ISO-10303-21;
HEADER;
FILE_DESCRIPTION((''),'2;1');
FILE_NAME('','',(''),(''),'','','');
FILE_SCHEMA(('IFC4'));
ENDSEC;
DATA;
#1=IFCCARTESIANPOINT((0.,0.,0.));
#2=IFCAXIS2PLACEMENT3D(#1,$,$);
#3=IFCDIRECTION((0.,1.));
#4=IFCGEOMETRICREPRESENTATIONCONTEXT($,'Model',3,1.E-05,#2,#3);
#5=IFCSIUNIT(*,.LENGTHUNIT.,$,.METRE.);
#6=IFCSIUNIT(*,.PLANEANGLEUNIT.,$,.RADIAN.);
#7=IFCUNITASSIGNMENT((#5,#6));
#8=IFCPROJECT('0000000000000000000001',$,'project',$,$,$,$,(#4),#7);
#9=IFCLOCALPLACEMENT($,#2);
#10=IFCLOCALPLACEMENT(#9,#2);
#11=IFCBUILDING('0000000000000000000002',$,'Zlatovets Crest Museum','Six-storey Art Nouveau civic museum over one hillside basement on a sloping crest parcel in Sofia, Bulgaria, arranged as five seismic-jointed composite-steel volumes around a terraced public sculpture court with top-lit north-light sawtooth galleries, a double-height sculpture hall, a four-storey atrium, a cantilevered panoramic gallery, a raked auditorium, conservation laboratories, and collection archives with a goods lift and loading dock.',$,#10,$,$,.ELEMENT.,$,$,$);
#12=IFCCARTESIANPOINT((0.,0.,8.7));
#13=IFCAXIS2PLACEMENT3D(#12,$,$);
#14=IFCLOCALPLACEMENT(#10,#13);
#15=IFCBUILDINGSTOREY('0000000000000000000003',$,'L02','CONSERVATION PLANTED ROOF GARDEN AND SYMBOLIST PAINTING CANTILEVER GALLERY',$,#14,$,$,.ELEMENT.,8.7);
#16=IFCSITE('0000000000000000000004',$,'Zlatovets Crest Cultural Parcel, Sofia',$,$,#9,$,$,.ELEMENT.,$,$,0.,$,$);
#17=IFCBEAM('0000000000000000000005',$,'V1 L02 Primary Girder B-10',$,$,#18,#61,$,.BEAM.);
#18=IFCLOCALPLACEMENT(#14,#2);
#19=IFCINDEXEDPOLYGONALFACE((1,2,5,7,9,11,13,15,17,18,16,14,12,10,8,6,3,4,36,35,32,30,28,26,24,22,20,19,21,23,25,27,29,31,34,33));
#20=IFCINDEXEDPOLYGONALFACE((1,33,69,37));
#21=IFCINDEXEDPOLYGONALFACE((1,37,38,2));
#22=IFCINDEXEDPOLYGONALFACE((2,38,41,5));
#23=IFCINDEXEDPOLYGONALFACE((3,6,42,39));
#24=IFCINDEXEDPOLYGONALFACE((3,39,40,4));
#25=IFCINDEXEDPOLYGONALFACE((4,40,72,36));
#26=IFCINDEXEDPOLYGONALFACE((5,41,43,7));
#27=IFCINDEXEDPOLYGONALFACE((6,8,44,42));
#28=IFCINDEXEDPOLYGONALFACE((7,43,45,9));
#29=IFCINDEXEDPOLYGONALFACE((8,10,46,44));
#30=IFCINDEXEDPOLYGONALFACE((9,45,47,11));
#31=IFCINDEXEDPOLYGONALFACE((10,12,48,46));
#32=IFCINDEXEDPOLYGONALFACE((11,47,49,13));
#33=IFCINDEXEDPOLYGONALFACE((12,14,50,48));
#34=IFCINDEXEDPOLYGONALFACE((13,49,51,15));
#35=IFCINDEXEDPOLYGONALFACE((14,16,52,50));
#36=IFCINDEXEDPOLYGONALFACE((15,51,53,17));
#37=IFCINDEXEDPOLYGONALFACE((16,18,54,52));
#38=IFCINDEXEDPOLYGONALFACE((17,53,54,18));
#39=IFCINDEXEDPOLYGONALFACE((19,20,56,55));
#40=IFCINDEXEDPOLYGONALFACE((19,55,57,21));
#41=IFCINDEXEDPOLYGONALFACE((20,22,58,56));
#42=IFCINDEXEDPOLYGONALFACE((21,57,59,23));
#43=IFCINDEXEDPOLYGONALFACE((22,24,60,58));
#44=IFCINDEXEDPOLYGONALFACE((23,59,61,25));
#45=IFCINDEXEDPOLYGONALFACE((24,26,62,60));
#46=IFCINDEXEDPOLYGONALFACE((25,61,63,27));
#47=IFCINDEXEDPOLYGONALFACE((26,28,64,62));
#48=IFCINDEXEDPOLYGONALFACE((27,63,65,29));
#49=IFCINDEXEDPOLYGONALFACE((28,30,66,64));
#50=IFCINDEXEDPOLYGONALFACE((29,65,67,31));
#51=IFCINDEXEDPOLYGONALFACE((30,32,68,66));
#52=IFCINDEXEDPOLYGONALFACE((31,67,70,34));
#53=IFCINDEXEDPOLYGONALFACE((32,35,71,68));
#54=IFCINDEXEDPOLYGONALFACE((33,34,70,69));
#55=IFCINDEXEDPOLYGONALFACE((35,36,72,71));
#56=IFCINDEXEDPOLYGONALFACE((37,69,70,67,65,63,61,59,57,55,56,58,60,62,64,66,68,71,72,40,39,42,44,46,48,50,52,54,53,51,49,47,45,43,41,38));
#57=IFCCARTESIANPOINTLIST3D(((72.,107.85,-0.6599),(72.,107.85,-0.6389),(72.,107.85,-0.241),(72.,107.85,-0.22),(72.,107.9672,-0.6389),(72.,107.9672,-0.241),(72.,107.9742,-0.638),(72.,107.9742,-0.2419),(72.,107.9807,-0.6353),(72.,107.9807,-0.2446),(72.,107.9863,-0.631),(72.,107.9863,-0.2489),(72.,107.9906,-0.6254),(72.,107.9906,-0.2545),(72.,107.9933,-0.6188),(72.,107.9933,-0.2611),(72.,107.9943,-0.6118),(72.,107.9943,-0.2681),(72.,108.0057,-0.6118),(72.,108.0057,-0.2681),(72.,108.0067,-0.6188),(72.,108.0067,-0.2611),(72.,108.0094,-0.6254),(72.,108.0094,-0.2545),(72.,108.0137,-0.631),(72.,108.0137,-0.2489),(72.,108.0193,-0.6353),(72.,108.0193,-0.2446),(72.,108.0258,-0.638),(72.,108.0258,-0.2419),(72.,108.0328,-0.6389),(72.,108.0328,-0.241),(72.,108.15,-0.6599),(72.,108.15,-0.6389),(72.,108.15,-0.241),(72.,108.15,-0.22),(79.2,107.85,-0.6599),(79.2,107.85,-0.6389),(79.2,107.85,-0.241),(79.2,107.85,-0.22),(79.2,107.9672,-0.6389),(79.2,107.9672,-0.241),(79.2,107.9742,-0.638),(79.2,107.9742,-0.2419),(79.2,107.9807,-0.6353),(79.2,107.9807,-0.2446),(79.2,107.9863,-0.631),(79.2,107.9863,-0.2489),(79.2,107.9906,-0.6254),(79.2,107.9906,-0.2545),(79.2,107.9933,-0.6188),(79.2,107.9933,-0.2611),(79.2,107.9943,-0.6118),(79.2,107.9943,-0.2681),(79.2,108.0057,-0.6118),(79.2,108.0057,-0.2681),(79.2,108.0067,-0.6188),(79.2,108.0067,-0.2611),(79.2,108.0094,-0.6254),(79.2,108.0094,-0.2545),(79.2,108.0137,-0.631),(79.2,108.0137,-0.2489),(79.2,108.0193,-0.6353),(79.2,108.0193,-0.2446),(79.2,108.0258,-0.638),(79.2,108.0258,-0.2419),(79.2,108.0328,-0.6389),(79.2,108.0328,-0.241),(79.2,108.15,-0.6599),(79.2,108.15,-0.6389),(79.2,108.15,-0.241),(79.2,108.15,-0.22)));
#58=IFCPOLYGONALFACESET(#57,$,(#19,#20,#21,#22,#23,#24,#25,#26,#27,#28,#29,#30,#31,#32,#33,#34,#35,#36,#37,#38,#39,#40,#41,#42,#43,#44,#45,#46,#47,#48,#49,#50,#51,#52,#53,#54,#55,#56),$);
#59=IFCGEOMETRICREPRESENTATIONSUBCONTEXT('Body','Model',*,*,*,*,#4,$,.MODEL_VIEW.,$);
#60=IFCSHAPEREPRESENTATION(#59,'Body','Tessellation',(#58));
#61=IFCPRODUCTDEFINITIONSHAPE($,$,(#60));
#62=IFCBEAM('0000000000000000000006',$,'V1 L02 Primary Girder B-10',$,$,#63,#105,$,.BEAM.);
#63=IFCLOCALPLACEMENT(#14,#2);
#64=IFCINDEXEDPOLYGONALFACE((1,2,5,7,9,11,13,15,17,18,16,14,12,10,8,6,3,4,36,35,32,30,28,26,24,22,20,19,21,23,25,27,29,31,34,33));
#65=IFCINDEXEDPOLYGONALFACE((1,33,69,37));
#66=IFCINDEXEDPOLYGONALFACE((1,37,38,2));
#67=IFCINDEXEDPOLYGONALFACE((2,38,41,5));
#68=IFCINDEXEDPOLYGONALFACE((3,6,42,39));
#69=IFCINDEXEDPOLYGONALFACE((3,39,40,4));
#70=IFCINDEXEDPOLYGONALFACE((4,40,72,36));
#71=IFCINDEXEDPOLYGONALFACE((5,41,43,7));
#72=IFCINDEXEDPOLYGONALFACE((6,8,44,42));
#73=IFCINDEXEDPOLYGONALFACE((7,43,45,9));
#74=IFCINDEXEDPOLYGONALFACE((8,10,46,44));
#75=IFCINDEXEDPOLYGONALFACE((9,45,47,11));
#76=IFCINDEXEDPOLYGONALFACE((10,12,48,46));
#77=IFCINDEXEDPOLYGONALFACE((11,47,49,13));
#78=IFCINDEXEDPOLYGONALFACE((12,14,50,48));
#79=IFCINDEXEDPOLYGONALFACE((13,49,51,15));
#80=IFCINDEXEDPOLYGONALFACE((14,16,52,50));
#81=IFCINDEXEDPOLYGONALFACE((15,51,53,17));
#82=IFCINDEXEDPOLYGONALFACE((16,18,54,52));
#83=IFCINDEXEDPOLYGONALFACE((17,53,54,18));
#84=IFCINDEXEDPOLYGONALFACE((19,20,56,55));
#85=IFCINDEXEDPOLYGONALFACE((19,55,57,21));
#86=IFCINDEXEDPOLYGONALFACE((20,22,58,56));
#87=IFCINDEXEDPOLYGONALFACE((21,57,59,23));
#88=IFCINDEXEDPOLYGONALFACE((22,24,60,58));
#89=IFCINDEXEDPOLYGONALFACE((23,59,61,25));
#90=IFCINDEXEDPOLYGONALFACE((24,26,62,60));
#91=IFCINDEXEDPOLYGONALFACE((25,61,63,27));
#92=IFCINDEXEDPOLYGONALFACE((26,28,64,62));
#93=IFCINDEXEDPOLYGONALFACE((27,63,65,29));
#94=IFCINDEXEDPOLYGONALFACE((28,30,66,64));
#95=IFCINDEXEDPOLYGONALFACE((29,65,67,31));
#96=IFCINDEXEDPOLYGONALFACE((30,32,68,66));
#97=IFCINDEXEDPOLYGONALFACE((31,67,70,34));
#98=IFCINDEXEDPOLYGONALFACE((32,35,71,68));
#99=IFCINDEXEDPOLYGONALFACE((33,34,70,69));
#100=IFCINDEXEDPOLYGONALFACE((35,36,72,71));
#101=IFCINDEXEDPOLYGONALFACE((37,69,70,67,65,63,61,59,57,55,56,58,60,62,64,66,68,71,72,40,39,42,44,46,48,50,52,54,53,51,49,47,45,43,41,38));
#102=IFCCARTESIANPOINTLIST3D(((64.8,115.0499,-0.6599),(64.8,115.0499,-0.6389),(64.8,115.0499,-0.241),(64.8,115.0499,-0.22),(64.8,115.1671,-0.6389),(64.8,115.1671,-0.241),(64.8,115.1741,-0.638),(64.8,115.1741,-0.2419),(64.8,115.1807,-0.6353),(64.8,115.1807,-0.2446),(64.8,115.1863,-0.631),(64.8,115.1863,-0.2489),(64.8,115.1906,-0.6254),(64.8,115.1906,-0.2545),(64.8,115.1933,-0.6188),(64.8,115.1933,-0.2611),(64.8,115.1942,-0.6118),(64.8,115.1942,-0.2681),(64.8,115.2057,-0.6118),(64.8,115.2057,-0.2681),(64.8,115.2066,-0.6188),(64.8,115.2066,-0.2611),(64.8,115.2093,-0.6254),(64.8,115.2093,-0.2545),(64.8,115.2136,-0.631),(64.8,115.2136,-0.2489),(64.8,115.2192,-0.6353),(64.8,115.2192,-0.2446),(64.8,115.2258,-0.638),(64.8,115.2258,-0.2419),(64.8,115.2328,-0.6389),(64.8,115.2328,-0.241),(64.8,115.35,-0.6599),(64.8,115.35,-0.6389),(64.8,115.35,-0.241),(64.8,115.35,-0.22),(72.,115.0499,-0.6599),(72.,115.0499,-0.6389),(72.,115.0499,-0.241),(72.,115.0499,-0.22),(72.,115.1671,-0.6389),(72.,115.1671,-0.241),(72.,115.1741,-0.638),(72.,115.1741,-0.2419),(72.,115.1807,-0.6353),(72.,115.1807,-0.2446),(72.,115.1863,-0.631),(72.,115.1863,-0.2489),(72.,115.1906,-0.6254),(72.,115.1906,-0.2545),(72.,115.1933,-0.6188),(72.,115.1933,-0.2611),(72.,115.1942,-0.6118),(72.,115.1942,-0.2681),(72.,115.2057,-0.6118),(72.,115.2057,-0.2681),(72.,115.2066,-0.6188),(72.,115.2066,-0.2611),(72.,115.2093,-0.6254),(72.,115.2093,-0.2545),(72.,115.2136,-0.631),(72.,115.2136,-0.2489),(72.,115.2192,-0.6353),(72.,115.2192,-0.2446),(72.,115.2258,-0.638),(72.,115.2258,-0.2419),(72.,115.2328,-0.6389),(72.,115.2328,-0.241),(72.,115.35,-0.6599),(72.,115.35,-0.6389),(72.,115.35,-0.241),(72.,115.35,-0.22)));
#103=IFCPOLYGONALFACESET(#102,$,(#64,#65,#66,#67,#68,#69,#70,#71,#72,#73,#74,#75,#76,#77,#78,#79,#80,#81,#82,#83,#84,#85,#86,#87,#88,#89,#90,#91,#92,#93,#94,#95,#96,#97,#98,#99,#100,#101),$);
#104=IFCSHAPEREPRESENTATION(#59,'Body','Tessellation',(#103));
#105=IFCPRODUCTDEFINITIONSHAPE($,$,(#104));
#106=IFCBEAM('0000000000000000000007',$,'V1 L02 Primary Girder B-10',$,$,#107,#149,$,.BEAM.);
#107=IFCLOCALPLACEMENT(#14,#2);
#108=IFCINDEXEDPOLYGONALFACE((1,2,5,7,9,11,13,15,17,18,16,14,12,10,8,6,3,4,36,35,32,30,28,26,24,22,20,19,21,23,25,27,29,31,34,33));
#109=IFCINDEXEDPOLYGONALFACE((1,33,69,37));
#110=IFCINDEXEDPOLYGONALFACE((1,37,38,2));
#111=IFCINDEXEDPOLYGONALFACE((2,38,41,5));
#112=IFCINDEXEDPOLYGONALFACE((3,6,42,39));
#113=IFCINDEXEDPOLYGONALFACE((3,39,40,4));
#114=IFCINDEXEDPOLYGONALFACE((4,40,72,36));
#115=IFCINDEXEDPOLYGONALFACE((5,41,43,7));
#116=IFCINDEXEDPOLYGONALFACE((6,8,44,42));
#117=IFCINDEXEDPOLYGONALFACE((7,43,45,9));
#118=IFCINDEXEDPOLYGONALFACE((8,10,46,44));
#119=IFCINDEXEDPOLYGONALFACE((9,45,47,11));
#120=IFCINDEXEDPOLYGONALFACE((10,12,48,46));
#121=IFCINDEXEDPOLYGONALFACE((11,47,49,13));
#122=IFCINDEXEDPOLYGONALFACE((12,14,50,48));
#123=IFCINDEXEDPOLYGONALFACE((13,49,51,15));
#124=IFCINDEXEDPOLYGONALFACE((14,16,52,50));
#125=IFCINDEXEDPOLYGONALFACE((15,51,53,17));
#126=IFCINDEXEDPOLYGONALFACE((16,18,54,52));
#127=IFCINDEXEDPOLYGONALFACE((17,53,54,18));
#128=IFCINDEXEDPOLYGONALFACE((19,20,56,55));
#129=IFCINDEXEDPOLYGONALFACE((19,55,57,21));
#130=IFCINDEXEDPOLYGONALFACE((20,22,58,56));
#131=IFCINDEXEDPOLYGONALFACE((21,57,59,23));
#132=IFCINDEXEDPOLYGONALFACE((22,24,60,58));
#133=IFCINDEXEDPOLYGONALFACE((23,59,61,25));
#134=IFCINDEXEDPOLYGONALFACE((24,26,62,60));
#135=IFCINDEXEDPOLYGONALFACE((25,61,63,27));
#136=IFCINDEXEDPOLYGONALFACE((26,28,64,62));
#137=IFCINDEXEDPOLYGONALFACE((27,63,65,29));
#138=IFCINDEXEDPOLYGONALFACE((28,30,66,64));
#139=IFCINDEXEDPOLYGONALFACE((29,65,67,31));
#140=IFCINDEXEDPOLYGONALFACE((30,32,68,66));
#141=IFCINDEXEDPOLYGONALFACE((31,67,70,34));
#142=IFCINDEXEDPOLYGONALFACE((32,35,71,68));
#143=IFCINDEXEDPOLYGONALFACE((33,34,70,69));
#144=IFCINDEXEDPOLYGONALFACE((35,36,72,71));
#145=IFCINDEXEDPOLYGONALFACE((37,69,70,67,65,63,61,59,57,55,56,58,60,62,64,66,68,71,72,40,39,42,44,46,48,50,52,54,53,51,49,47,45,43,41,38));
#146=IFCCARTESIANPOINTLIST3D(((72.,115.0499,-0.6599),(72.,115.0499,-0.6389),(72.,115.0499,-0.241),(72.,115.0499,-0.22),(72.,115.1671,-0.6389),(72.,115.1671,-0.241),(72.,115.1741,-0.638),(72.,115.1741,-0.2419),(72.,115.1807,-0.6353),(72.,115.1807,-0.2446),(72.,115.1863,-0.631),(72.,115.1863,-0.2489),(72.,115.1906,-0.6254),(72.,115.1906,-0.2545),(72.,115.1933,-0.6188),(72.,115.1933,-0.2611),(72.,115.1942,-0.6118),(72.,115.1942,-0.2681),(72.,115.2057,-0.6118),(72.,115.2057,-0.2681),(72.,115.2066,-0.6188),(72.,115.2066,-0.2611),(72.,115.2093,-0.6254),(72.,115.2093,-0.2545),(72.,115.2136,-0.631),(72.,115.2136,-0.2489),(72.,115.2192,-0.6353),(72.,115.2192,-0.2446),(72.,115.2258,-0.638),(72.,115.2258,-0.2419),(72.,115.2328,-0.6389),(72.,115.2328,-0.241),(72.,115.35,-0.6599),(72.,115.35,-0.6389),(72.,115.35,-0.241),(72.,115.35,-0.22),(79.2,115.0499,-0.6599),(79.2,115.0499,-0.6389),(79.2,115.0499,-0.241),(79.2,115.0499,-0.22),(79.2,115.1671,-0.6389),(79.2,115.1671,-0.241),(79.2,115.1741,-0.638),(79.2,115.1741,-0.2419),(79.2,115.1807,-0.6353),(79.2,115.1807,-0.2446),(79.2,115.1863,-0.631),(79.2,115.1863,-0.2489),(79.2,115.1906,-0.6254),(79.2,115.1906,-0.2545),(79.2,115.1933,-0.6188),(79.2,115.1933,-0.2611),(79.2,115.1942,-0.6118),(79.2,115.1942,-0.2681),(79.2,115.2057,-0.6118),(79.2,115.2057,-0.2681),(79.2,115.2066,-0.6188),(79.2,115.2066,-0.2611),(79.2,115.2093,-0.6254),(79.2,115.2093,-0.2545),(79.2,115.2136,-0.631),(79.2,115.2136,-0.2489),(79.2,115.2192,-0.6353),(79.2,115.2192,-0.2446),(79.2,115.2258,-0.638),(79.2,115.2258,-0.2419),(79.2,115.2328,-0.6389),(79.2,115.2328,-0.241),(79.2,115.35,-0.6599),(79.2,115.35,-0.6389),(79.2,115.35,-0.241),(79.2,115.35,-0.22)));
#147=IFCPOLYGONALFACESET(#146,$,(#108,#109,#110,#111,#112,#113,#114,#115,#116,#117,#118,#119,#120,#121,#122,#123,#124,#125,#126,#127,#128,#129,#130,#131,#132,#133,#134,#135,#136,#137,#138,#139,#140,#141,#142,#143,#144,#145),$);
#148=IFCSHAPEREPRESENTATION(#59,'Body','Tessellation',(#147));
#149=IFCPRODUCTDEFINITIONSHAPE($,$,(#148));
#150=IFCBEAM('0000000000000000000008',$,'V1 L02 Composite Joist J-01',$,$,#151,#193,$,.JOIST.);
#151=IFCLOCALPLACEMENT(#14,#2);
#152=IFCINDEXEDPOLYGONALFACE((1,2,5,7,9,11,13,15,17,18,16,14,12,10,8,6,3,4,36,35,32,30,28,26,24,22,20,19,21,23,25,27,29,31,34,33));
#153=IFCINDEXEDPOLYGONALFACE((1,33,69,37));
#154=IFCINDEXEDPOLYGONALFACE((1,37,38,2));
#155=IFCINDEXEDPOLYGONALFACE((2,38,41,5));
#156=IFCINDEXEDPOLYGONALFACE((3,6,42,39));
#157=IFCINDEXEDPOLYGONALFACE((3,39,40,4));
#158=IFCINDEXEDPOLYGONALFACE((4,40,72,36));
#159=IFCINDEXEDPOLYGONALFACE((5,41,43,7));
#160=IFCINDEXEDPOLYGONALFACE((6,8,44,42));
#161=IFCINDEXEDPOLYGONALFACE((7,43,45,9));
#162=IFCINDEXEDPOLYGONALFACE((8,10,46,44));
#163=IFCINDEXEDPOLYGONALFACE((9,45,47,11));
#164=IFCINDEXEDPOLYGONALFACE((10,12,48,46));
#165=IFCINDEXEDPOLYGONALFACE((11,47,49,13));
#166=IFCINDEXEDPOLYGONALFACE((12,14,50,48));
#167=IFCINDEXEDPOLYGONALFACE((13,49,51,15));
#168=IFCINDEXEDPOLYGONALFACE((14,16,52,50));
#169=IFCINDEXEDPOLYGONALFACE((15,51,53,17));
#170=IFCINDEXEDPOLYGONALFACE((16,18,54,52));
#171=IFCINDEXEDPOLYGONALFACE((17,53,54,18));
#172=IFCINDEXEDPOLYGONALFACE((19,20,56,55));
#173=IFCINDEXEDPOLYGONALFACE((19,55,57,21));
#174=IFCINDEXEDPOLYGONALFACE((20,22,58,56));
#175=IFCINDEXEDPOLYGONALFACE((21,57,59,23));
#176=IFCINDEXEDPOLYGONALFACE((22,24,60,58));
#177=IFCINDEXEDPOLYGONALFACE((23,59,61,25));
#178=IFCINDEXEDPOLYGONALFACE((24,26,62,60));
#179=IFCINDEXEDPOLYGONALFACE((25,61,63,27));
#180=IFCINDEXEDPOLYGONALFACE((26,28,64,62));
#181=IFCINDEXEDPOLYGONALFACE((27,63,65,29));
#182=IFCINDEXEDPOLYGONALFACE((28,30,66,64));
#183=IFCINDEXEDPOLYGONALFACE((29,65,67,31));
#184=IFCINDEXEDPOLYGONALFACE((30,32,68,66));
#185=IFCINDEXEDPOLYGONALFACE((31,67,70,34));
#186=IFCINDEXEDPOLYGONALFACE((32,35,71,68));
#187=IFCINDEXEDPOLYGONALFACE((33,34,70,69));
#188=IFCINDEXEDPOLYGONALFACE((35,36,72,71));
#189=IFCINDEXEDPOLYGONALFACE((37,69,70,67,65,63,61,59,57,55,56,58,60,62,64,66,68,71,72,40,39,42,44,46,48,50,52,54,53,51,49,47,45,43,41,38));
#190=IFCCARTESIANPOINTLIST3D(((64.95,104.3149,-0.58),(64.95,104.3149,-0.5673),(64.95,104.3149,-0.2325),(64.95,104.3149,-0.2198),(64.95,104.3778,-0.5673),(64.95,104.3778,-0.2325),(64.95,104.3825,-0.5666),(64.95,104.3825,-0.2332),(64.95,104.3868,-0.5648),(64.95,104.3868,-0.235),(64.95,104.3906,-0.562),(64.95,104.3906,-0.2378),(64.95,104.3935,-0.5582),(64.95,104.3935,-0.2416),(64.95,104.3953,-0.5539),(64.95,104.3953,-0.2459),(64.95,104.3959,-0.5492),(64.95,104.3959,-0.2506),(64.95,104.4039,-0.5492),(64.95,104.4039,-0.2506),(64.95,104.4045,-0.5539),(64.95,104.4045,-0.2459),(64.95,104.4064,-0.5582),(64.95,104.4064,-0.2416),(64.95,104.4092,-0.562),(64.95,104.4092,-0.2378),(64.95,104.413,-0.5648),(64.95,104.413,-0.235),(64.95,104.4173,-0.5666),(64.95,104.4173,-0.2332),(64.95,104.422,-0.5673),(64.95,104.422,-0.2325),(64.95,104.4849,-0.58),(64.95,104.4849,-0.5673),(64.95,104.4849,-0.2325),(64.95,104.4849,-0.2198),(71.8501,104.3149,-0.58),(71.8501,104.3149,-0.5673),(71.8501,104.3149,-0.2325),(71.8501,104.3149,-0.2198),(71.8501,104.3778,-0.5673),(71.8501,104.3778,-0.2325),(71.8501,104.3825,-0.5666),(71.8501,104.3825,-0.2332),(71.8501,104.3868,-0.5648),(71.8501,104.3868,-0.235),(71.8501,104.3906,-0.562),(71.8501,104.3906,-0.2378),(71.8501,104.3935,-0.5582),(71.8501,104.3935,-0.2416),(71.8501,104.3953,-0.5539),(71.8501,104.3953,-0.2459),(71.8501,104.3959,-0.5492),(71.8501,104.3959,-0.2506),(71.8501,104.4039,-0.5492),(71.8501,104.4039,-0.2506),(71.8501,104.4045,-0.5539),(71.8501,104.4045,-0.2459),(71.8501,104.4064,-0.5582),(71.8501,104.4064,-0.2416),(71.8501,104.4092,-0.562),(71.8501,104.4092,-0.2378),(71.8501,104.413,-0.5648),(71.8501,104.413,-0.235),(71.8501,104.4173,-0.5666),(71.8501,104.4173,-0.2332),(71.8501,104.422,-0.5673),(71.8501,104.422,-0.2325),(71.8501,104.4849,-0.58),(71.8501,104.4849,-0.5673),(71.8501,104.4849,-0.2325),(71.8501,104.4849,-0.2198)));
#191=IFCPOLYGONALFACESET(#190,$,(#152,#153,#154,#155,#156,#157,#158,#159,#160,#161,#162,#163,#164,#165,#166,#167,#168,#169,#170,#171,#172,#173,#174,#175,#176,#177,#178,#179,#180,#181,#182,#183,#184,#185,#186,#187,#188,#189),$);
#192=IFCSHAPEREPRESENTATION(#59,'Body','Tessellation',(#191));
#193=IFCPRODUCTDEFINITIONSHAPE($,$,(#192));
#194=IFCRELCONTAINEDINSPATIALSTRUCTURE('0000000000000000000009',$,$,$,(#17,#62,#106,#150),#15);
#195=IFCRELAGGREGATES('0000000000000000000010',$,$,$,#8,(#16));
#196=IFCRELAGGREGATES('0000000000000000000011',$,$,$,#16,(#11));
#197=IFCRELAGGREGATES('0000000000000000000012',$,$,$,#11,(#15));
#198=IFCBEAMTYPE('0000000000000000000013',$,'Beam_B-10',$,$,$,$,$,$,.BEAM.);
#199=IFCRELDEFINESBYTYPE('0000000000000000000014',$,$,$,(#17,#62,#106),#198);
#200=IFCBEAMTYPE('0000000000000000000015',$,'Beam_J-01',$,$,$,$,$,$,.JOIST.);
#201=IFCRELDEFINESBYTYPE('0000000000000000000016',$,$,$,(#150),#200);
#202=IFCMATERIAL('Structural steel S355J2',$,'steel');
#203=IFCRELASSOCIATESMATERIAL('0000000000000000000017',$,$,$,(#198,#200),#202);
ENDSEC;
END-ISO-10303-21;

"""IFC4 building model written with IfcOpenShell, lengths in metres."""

from ifc_helpers import new_model, si_unit, direction, frame, origin, origin_2d, place, context, subcontext, project, spatial, i_section, extrude, material, material_profile, profile_set, type_object, element, save


model = new_model("IFC4")

# Units and contexts
model_context = context("Model", 3, precision=1e-05, world=origin(), true_north=direction((0.0, 1.0)))
body_context = subcontext(model_context, "Body", "Model", "MODEL_VIEW")
ifc_project = project(units=[si_unit("LENGTHUNIT", "METRE"), si_unit("PLANEANGLEUNIT", "RADIAN")], contexts=[model_context])

# Site, building, storey
site_placement = place(None, origin())
site = spatial("IfcSite", under=ifc_project, at=site_placement, Name="Zlatovets Crest Cultural Parcel, Sofia", CompositionType="ELEMENT", RefElevation=0.0)
building_placement = place(site_placement, origin())
building = spatial("IfcBuilding", under=site, at=building_placement, Name="Zlatovets Crest Museum", Description="Six-storey Art Nouveau civic museum over one hillside basement on a sloping crest parcel in Sofia, Bulgaria, arranged as five seismic-jointed composite-steel volumes around a terraced public sculpture court with top-lit north-light sawtooth galleries, a double-height sculpture hall, a four-storey atrium, a cantilevered panoramic gallery, a raked auditorium, conservation laboratories, and collection archives with a goods lift and loading dock.", CompositionType="ELEMENT")
storey_placement = place(building_placement, frame((0.0, 0.0, 8.7)))
storey = spatial("IfcBuildingStorey", under=building, at=storey_placement, Name="L02", Description="CONSERVATION PLANTED ROOF GARDEN AND SYMBOLIST PAINTING CANTILEVER GALLERY", CompositionType="ELEMENT", Elevation=8.7)

# Shared definitions
ifc_material_1 = material(Name="Structural steel S355J2", Category="steel")

# Beams
ifc_material_profile_1 = material_profile(ifc_material_1, i_section(OverallWidth=0.3, OverallDepth=0.4399, WebThickness=0.0115, FlangeThickness=0.021, FilletRadius=0.0271, at=origin_2d()), Name="HEA 450")
ifc_profile_set_1 = profile_set([ifc_material_profile_1], Name="Structural steel S355J2")
beam_type_1 = type_object("IfcBeamType", Name="Beam_B-10", PredefinedType="BEAM", material=ifc_profile_set_1)
for number, where, z_axis, x_axis, name in (
    (1, (72.0, 108.0, -0.4399), (1.0, 0.0, 0.0), (0.0, 1.0, 0.0), "V1 L02 Primary Girder B-10"),
    (2, (64.8, 115.2, -0.4399), (1.0, 0.0, 0.0), (0.0, 1.0, 0.0), "V1 L02 Primary Girder B-10"),
    (3, (72.0, 115.2, -0.4399), (1.0, 0.0, 0.0), (0.0, 1.0, 0.0), "V1 L02 Primary Girder B-10"),
):
    element("IfcBeam", number, at=place(storey_placement, frame(where, z_axis=z_axis, x_axis=x_axis)), inside=storey, type_object=beam_type_1, Name=name, PredefinedType="BEAM", context=body_context, shape_type="SweptSolid", body=[
        extrude(i_section(OverallWidth=0.3, OverallDepth=0.4399, WebThickness=0.0115, FlangeThickness=0.021, FilletRadius=0.0271, at=origin_2d()), origin(), (0.0, 0.0, 1.0), 7.2),
    ])
ifc_material_profile_2 = material_profile(ifc_material_1, i_section(OverallWidth=0.1699, OverallDepth=0.3601, WebThickness=0.0081, FlangeThickness=0.0127, FilletRadius=0.0181, at=origin_2d()), Name="IPE 360")
ifc_profile_set_2 = profile_set([ifc_material_profile_2], Name="Structural steel S355J2")
beam_type_2 = type_object("IfcBeamType", Name="Beam_J-01", PredefinedType="JOIST", material=ifc_profile_set_2)
for number, where, z_axis, x_axis, name in (
    (4, (64.95, 104.3999, -0.3999), (1.0, 0.0, 0.0), (0.0, 1.0, 0.0), "V1 L02 Composite Joist J-01"),
):
    element("IfcBeam", number, at=place(storey_placement, frame(where, z_axis=z_axis, x_axis=x_axis)), inside=storey, type_object=beam_type_2, Name=name, PredefinedType="JOIST", context=body_context, shape_type="SweptSolid", body=[
        extrude(i_section(OverallWidth=0.1699, OverallDepth=0.3601, WebThickness=0.0081, FlangeThickness=0.0127, FilletRadius=0.0181, at=origin_2d()), origin(), (0.0, 0.0, 1.0), 6.9001),
    ])

save(model, "model.ifc")
